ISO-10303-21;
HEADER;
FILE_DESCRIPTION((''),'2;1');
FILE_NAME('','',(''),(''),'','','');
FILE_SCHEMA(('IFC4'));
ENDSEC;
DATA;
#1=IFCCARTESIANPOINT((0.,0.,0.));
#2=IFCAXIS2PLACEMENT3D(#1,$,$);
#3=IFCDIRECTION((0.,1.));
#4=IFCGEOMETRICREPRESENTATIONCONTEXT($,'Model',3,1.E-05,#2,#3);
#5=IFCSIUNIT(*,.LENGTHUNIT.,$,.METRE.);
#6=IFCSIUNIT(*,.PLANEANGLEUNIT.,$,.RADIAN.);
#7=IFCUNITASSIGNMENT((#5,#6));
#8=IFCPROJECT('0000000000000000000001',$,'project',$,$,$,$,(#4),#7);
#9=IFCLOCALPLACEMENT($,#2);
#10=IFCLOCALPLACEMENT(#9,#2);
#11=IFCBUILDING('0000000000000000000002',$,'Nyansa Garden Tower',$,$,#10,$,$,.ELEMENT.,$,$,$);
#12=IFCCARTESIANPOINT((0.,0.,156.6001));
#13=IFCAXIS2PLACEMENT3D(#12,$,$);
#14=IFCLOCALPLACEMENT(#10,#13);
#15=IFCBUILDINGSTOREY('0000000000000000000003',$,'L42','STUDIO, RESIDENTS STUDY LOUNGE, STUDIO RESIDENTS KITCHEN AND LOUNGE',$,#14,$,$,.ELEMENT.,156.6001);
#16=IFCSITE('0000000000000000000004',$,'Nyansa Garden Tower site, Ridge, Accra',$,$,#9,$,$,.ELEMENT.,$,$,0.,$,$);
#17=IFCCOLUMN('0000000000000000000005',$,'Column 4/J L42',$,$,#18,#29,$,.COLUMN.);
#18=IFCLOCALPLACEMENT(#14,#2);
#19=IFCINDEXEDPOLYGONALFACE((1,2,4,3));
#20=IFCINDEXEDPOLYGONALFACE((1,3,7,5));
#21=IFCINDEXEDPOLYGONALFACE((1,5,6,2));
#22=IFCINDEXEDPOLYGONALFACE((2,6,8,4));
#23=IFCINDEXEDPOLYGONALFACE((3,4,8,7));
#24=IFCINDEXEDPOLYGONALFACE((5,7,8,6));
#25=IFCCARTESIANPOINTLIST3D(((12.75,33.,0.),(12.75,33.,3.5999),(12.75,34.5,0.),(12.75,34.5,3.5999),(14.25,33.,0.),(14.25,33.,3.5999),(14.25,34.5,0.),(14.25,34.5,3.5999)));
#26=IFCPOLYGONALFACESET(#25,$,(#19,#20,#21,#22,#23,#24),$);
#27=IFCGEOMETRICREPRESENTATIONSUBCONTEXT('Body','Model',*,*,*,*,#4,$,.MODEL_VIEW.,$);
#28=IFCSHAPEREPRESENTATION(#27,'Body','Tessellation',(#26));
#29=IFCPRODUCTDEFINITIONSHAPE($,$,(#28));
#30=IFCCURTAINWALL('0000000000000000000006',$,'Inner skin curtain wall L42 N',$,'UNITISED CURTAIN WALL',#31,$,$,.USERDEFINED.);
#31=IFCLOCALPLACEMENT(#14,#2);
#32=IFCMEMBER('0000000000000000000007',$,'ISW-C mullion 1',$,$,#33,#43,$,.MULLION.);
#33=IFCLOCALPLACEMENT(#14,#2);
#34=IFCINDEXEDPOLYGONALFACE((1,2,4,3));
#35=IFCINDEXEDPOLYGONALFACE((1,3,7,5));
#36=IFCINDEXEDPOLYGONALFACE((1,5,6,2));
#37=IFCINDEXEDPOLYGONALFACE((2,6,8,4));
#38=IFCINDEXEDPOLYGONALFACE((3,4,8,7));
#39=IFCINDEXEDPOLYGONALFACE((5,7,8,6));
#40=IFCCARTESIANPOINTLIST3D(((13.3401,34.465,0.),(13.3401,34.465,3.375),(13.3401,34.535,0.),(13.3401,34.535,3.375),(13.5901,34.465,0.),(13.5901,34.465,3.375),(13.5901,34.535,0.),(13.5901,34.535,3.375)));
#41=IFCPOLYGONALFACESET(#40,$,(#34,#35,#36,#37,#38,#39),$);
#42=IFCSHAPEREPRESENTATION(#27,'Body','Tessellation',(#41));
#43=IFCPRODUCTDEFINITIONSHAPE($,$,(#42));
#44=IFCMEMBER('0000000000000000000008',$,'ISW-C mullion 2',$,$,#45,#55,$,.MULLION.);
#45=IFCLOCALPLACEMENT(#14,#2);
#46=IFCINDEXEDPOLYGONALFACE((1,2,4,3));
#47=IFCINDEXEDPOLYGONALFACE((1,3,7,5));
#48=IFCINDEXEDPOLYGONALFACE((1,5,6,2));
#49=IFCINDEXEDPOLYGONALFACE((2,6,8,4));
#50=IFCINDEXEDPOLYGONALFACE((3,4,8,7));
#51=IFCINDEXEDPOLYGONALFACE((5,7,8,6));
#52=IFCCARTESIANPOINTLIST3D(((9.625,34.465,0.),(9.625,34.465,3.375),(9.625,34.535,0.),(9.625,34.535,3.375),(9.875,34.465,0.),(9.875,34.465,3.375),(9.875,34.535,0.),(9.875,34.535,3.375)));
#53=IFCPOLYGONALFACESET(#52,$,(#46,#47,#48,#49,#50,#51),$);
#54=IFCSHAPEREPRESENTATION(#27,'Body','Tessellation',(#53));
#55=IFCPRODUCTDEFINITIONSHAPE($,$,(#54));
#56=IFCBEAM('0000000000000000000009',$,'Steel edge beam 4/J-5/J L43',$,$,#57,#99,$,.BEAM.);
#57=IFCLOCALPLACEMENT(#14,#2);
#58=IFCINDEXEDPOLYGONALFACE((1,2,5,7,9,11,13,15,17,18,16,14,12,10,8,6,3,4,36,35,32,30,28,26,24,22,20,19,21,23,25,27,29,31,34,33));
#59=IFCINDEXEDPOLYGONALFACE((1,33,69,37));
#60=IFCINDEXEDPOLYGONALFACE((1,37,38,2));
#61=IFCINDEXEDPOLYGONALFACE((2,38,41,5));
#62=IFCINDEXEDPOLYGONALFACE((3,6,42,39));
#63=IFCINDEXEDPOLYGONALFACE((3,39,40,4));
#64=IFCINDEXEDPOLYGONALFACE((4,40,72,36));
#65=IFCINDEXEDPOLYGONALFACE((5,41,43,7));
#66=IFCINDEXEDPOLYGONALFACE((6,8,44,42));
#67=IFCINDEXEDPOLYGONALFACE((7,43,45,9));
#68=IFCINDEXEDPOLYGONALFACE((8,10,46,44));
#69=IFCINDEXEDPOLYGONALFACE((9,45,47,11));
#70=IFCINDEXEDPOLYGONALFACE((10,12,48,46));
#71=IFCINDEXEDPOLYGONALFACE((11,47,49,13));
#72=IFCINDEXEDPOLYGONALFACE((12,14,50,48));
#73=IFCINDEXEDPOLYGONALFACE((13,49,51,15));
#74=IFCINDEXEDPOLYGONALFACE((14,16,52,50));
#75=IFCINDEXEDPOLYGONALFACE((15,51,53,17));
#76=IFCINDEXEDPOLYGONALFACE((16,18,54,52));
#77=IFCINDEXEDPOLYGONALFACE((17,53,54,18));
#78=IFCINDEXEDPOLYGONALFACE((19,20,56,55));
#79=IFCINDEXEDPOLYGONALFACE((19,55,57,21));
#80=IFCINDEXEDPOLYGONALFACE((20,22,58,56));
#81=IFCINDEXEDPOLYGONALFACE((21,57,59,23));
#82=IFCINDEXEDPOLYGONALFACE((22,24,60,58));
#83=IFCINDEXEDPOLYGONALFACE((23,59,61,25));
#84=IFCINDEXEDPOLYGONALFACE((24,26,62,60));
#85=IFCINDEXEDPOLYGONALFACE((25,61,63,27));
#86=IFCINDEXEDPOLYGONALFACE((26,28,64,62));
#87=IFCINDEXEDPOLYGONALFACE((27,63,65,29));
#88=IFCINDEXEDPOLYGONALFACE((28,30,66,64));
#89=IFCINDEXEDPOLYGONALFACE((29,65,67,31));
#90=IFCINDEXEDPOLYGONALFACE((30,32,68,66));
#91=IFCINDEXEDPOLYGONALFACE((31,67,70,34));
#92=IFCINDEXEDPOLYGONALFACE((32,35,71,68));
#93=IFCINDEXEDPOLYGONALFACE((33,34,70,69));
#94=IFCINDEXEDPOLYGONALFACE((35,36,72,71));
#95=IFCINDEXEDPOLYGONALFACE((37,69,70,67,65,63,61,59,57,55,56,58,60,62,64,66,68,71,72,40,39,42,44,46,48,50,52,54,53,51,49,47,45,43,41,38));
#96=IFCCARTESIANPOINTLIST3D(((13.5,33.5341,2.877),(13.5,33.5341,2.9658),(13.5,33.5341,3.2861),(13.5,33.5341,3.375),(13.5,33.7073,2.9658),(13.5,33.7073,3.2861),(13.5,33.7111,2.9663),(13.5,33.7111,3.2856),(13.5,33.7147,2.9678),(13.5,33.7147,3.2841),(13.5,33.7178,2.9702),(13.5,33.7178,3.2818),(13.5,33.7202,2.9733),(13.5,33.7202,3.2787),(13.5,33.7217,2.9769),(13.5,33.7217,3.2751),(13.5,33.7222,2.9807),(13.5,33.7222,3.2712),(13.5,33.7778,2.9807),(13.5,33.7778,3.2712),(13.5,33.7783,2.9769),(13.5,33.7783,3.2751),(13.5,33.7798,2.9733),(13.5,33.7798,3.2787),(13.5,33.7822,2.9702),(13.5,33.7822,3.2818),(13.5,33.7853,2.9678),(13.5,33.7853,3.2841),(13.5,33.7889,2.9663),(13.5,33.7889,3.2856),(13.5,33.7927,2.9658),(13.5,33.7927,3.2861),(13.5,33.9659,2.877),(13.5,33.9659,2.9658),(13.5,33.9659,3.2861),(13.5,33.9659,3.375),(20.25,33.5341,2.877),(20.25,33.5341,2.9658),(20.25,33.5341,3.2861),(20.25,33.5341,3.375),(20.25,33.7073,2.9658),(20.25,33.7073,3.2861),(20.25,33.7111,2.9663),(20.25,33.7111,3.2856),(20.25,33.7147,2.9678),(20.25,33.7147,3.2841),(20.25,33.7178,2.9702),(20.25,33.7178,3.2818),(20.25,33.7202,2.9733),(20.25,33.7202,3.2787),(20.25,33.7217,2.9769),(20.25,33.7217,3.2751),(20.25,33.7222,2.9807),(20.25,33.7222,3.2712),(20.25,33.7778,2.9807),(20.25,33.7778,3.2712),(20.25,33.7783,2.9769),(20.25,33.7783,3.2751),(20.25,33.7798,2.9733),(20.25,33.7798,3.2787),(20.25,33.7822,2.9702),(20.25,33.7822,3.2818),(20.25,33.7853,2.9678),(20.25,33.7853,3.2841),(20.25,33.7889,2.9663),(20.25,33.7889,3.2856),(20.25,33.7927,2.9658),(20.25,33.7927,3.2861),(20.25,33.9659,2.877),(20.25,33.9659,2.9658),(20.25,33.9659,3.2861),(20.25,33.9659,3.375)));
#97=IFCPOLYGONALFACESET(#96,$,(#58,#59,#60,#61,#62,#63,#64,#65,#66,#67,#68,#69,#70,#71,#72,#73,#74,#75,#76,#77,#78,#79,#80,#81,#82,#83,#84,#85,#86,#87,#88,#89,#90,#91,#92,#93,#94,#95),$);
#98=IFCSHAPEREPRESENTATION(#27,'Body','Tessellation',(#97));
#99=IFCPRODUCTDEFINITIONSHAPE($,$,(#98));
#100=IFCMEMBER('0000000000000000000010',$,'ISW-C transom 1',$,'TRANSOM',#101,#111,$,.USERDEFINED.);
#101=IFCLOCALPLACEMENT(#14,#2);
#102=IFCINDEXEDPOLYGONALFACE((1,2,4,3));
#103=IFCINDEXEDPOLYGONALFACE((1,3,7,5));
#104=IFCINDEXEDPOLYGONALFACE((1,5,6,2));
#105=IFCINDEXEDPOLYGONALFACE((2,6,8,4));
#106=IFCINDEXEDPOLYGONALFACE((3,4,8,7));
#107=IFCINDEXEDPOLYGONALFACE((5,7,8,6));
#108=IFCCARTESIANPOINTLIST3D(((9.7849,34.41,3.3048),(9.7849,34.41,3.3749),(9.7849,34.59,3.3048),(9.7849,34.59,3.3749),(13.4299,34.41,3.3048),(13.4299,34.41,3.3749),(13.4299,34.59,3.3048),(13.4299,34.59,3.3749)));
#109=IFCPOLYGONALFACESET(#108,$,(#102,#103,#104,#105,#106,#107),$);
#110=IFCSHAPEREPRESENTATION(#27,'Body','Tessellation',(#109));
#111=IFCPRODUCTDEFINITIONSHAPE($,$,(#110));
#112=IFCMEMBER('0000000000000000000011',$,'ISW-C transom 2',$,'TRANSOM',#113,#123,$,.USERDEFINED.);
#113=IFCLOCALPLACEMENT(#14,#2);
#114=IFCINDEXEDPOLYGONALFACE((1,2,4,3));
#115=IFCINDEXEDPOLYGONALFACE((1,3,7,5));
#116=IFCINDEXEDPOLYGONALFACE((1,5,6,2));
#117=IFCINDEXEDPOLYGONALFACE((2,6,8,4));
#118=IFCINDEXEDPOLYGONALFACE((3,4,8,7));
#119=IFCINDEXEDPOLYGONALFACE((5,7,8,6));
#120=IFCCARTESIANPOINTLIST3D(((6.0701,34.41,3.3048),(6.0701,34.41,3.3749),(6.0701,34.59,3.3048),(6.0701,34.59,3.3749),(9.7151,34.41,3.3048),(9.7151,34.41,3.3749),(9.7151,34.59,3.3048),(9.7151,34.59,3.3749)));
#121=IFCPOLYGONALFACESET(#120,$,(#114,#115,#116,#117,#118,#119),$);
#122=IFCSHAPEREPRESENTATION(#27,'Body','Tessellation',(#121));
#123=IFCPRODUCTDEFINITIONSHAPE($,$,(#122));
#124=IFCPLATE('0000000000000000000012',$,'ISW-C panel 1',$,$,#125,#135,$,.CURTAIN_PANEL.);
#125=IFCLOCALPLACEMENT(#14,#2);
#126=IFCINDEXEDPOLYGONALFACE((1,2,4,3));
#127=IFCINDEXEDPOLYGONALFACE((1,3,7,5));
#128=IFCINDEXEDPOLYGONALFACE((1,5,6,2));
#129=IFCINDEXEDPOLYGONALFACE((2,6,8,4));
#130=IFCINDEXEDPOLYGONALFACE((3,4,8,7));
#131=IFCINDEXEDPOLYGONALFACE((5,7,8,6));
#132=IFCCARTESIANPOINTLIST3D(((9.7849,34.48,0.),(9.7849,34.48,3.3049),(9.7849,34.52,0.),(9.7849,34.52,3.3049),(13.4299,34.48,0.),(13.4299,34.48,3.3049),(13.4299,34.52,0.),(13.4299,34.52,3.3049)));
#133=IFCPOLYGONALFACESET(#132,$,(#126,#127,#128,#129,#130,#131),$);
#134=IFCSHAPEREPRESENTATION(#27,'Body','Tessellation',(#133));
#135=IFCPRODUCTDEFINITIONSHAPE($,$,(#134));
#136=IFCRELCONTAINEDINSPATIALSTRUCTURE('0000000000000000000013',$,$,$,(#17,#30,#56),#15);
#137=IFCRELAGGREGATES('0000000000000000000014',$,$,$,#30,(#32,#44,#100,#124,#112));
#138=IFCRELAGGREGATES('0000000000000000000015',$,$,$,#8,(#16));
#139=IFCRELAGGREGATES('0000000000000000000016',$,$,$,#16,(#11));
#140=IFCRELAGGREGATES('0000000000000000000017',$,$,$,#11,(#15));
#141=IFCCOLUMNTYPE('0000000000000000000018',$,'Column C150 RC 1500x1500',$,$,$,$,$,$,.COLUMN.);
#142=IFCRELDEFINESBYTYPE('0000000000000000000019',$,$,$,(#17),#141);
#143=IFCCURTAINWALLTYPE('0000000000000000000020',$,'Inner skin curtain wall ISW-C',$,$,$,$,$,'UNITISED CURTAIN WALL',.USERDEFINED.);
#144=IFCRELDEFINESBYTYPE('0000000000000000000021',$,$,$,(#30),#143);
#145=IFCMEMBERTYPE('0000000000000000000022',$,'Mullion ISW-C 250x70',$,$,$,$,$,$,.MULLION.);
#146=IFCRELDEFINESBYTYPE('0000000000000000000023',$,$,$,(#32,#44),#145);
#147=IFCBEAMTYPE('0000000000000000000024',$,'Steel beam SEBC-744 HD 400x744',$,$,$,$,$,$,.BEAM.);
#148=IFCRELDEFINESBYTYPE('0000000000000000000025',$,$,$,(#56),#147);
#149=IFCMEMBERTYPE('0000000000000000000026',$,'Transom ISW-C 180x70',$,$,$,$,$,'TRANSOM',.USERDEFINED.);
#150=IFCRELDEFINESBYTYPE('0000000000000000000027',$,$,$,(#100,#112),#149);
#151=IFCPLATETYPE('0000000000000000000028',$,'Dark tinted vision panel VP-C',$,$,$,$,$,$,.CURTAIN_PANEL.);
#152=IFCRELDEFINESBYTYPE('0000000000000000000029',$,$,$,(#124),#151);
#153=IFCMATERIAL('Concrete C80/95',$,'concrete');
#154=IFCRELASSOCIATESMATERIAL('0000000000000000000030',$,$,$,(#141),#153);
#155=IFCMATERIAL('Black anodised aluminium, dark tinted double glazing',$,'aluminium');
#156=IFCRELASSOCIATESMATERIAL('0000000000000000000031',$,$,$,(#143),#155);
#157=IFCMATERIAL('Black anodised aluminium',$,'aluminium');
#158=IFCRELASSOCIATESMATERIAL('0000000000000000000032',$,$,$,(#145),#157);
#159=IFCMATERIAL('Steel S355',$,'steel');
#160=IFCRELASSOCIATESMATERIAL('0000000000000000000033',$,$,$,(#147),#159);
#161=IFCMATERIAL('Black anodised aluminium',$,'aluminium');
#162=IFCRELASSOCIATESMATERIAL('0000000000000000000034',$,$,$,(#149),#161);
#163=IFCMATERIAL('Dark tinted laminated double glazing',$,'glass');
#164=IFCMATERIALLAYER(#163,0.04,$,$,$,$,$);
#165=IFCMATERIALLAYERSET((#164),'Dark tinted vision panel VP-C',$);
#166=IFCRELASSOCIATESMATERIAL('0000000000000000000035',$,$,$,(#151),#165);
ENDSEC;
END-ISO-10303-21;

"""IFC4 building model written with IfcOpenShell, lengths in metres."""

from ifc_helpers import new_model, si_unit, direction, frame, origin, origin_2d, place, context, subcontext, project, spatial, rectangle, i_section, extrude, material, layer, layer_set, material_profile, profile_set, type_object, element, aggregate, save


model = new_model("IFC4")

# Units and contexts
model_context = context("Model", 3, precision=1e-05, world=origin(), true_north=direction((0.0, 1.0)))
body_context = subcontext(model_context, "Body", "Model", "MODEL_VIEW")
ifc_project = project(units=[si_unit("LENGTHUNIT", "METRE"), si_unit("PLANEANGLEUNIT", "RADIAN")], contexts=[model_context])

# Site, building, storey
site_placement = place(None, origin())
site = spatial("IfcSite", under=ifc_project, at=site_placement, Name="Nyansa Garden Tower site, Ridge, Accra", CompositionType="ELEMENT", RefElevation=0.0)
building_placement = place(site_placement, origin())
building = spatial("IfcBuilding", under=site, at=building_placement, Name="Nyansa Garden Tower", CompositionType="ELEMENT")
storey_placement = place(building_placement, frame((0.0, 0.0, 156.6001)))
storey = spatial("IfcBuildingStorey", under=building, at=storey_placement, Name="L42", Description="STUDIO, RESIDENTS STUDY LOUNGE, STUDIO RESIDENTS KITCHEN AND LOUNGE", CompositionType="ELEMENT", Elevation=156.6001)

# Column
ifc_material_1 = material(Name="Concrete C80/95", Category="concrete")
ifc_material_profile_1 = material_profile(ifc_material_1, rectangle(XDim=1.5, YDim=1.5, at=origin_2d()), Name="RC 1500x1500")
ifc_profile_set_1 = profile_set([ifc_material_profile_1], Name="Concrete C80/95")
column_type = type_object("IfcColumnType", Name="Column C150 RC 1500x1500", PredefinedType="COLUMN", material=ifc_profile_set_1)
column_placement = place(storey_placement, frame((13.5, 33.75, 0.0), z_axis=(0.0, 0.0, 1.0), x_axis=(1.0, 0.0, 0.0)))
element("IfcColumn", 1, at=column_placement, inside=storey, type_object=column_type, Name="Column 4/J L42", PredefinedType="COLUMN", context=body_context, shape_type="SweptSolid", body=[
    extrude(rectangle(XDim=1.5, YDim=1.5, at=origin_2d()), origin(), (0.0, 0.0, 1.0), 3.5999),
])

# Curtain wall, members
ifc_material_2 = material(Name="Black anodised aluminium, dark tinted double glazing", Category="aluminium")
curtain_wall_type = type_object("IfcCurtainWallType", Name="Inner skin curtain wall ISW-C", ElementType="UNITISED CURTAIN WALL", PredefinedType="USERDEFINED", material=ifc_material_2)
curtain_wall_placement = place(storey_placement, origin())
curtain_wall = element("IfcCurtainWall", 2, at=curtain_wall_placement, inside=storey, type_object=curtain_wall_type, Name="Inner skin curtain wall L42 N", ObjectType="UNITISED CURTAIN WALL", PredefinedType="USERDEFINED")
ifc_material_3 = material(Name="Black anodised aluminium", Category="aluminium")
ifc_material_profile_2 = material_profile(ifc_material_3, rectangle(XDim=0.0701, YDim=0.25, at=origin_2d()), Name="Mullion 250x70")
ifc_profile_set_2 = profile_set([ifc_material_profile_2], Name="Black anodised aluminium")
member_type_1 = type_object("IfcMemberType", Name="Mullion ISW-C 250x70", PredefinedType="MULLION", material=ifc_profile_set_2)
member_1_placement = place(storey_placement, frame((13.4651, 34.5, 0.0), z_axis=(0.0, 0.0, 1.0), x_axis=(0.0, -1.0, 0.0)))
member_1 = element("IfcMember", 3, at=member_1_placement, type_object=member_type_1, Name="ISW-C mullion 1", PredefinedType="MULLION", context=body_context, shape_type="SweptSolid", body=[
    extrude(rectangle(XDim=0.0701, YDim=0.25, at=origin_2d()), origin(), (0.0, 0.0, 1.0), 3.375),
])
member_2_placement = place(storey_placement, frame((9.75, 34.5, 0.0), z_axis=(0.0, 0.0, 1.0), x_axis=(0.0, -1.0, 0.0)))
member_2 = element("IfcMember", 4, at=member_2_placement, type_object=member_type_1, Name="ISW-C mullion 2", PredefinedType="MULLION", context=body_context, shape_type="SweptSolid", body=[
    extrude(rectangle(XDim=0.0701, YDim=0.25, at=origin_2d()), origin(), (0.0, 0.0, 1.0), 3.375),
])

# Beam
ifc_material_4 = material(Name="Steel S355", Category="steel")
ifc_material_profile_3 = material_profile(ifc_material_4, i_section(OverallWidth=0.4319, OverallDepth=0.498, WebThickness=0.0557, FlangeThickness=0.0889, FilletRadius=0.0149, at=origin_2d()), Name="HD 400x744")
ifc_profile_set_3 = profile_set([ifc_material_profile_3], Name="Steel S355")
beam_type = type_object("IfcBeamType", Name="Steel beam SEBC-744 HD 400x744", PredefinedType="BEAM", material=ifc_profile_set_3)
beam_placement = place(storey_placement, frame((13.5, 33.75, 3.126), z_axis=(1.0, 0.0, 0.0), x_axis=(0.0, 1.0, 0.0)))
element("IfcBeam", 5, at=beam_placement, inside=storey, type_object=beam_type, Name="Steel edge beam 4/J-5/J L43", PredefinedType="BEAM", context=body_context, shape_type="SweptSolid", body=[
    extrude(i_section(OverallWidth=0.4319, OverallDepth=0.498, WebThickness=0.0557, FlangeThickness=0.0889, FilletRadius=0.0149, at=origin_2d()), origin(), (0.0, 0.0, 1.0), 6.75),
])

# Members
ifc_material_5 = material(Name="Black anodised aluminium", Category="aluminium")
ifc_material_profile_4 = material_profile(ifc_material_5, rectangle(XDim=0.1799, YDim=0.0701, at=origin_2d()), Name="Transom 180x70")
ifc_profile_set_4 = profile_set([ifc_material_profile_4], Name="Black anodised aluminium")
member_type_2 = type_object("IfcMemberType", Name="Transom ISW-C 180x70", ElementType="TRANSOM", PredefinedType="USERDEFINED", material=ifc_profile_set_4)
member_3_placement = place(storey_placement, frame((13.4299, 34.5, 3.3398), z_axis=(-1.0, 0.0, 0.0), x_axis=(0.0, -1.0, 0.0)))
member_3 = element("IfcMember", 6, at=member_3_placement, type_object=member_type_2, Name="ISW-C transom 1", ObjectType="TRANSOM", PredefinedType="USERDEFINED", context=body_context, shape_type="SweptSolid", body=[
    extrude(rectangle(XDim=0.1799, YDim=0.0701, at=origin_2d()), origin(), (0.0, 0.0, 1.0), 3.645),
])
member_4_placement = place(storey_placement, frame((9.7151, 34.5, 3.3398), z_axis=(-1.0, 0.0, 0.0), x_axis=(0.0, -1.0, 0.0)))
member_4 = element("IfcMember", 7, at=member_4_placement, type_object=member_type_2, Name="ISW-C transom 2", ObjectType="TRANSOM", PredefinedType="USERDEFINED", context=body_context, shape_type="SweptSolid", body=[
    extrude(rectangle(XDim=0.1799, YDim=0.0701, at=origin_2d()), origin(), (0.0, 0.0, 1.0), 3.645),
])

# Plate
ifc_material_6 = material(Name="Dark tinted laminated double glazing", Category="glass")
ifc_layer_1 = layer(ifc_material_6, 0.04)
ifc_layer_set_1 = layer_set([ifc_layer_1], Name="Dark tinted vision panel VP-C")
plate_type = type_object("IfcPlateType", Name="Dark tinted vision panel VP-C", PredefinedType="CURTAIN_PANEL", material=ifc_layer_set_1)
plate_placement = place(storey_placement, frame((11.6074, 34.5, 0.0), z_axis=(0.0, 0.0, 1.0), x_axis=(-1.0, 0.0, 0.0)))
plate = element("IfcPlate", 8, at=plate_placement, type_object=plate_type, Name="ISW-C panel 1", PredefinedType="CURTAIN_PANEL", context=body_context, shape_type="SweptSolid", body=[
    extrude(rectangle(XDim=3.645, YDim=0.04, at=origin_2d()), origin(), (0.0, 0.0, 1.0), 3.3049),
])
aggregate(curtain_wall, [member_1, member_2, member_3, plate, member_4])

save(model, "model.ifc")
